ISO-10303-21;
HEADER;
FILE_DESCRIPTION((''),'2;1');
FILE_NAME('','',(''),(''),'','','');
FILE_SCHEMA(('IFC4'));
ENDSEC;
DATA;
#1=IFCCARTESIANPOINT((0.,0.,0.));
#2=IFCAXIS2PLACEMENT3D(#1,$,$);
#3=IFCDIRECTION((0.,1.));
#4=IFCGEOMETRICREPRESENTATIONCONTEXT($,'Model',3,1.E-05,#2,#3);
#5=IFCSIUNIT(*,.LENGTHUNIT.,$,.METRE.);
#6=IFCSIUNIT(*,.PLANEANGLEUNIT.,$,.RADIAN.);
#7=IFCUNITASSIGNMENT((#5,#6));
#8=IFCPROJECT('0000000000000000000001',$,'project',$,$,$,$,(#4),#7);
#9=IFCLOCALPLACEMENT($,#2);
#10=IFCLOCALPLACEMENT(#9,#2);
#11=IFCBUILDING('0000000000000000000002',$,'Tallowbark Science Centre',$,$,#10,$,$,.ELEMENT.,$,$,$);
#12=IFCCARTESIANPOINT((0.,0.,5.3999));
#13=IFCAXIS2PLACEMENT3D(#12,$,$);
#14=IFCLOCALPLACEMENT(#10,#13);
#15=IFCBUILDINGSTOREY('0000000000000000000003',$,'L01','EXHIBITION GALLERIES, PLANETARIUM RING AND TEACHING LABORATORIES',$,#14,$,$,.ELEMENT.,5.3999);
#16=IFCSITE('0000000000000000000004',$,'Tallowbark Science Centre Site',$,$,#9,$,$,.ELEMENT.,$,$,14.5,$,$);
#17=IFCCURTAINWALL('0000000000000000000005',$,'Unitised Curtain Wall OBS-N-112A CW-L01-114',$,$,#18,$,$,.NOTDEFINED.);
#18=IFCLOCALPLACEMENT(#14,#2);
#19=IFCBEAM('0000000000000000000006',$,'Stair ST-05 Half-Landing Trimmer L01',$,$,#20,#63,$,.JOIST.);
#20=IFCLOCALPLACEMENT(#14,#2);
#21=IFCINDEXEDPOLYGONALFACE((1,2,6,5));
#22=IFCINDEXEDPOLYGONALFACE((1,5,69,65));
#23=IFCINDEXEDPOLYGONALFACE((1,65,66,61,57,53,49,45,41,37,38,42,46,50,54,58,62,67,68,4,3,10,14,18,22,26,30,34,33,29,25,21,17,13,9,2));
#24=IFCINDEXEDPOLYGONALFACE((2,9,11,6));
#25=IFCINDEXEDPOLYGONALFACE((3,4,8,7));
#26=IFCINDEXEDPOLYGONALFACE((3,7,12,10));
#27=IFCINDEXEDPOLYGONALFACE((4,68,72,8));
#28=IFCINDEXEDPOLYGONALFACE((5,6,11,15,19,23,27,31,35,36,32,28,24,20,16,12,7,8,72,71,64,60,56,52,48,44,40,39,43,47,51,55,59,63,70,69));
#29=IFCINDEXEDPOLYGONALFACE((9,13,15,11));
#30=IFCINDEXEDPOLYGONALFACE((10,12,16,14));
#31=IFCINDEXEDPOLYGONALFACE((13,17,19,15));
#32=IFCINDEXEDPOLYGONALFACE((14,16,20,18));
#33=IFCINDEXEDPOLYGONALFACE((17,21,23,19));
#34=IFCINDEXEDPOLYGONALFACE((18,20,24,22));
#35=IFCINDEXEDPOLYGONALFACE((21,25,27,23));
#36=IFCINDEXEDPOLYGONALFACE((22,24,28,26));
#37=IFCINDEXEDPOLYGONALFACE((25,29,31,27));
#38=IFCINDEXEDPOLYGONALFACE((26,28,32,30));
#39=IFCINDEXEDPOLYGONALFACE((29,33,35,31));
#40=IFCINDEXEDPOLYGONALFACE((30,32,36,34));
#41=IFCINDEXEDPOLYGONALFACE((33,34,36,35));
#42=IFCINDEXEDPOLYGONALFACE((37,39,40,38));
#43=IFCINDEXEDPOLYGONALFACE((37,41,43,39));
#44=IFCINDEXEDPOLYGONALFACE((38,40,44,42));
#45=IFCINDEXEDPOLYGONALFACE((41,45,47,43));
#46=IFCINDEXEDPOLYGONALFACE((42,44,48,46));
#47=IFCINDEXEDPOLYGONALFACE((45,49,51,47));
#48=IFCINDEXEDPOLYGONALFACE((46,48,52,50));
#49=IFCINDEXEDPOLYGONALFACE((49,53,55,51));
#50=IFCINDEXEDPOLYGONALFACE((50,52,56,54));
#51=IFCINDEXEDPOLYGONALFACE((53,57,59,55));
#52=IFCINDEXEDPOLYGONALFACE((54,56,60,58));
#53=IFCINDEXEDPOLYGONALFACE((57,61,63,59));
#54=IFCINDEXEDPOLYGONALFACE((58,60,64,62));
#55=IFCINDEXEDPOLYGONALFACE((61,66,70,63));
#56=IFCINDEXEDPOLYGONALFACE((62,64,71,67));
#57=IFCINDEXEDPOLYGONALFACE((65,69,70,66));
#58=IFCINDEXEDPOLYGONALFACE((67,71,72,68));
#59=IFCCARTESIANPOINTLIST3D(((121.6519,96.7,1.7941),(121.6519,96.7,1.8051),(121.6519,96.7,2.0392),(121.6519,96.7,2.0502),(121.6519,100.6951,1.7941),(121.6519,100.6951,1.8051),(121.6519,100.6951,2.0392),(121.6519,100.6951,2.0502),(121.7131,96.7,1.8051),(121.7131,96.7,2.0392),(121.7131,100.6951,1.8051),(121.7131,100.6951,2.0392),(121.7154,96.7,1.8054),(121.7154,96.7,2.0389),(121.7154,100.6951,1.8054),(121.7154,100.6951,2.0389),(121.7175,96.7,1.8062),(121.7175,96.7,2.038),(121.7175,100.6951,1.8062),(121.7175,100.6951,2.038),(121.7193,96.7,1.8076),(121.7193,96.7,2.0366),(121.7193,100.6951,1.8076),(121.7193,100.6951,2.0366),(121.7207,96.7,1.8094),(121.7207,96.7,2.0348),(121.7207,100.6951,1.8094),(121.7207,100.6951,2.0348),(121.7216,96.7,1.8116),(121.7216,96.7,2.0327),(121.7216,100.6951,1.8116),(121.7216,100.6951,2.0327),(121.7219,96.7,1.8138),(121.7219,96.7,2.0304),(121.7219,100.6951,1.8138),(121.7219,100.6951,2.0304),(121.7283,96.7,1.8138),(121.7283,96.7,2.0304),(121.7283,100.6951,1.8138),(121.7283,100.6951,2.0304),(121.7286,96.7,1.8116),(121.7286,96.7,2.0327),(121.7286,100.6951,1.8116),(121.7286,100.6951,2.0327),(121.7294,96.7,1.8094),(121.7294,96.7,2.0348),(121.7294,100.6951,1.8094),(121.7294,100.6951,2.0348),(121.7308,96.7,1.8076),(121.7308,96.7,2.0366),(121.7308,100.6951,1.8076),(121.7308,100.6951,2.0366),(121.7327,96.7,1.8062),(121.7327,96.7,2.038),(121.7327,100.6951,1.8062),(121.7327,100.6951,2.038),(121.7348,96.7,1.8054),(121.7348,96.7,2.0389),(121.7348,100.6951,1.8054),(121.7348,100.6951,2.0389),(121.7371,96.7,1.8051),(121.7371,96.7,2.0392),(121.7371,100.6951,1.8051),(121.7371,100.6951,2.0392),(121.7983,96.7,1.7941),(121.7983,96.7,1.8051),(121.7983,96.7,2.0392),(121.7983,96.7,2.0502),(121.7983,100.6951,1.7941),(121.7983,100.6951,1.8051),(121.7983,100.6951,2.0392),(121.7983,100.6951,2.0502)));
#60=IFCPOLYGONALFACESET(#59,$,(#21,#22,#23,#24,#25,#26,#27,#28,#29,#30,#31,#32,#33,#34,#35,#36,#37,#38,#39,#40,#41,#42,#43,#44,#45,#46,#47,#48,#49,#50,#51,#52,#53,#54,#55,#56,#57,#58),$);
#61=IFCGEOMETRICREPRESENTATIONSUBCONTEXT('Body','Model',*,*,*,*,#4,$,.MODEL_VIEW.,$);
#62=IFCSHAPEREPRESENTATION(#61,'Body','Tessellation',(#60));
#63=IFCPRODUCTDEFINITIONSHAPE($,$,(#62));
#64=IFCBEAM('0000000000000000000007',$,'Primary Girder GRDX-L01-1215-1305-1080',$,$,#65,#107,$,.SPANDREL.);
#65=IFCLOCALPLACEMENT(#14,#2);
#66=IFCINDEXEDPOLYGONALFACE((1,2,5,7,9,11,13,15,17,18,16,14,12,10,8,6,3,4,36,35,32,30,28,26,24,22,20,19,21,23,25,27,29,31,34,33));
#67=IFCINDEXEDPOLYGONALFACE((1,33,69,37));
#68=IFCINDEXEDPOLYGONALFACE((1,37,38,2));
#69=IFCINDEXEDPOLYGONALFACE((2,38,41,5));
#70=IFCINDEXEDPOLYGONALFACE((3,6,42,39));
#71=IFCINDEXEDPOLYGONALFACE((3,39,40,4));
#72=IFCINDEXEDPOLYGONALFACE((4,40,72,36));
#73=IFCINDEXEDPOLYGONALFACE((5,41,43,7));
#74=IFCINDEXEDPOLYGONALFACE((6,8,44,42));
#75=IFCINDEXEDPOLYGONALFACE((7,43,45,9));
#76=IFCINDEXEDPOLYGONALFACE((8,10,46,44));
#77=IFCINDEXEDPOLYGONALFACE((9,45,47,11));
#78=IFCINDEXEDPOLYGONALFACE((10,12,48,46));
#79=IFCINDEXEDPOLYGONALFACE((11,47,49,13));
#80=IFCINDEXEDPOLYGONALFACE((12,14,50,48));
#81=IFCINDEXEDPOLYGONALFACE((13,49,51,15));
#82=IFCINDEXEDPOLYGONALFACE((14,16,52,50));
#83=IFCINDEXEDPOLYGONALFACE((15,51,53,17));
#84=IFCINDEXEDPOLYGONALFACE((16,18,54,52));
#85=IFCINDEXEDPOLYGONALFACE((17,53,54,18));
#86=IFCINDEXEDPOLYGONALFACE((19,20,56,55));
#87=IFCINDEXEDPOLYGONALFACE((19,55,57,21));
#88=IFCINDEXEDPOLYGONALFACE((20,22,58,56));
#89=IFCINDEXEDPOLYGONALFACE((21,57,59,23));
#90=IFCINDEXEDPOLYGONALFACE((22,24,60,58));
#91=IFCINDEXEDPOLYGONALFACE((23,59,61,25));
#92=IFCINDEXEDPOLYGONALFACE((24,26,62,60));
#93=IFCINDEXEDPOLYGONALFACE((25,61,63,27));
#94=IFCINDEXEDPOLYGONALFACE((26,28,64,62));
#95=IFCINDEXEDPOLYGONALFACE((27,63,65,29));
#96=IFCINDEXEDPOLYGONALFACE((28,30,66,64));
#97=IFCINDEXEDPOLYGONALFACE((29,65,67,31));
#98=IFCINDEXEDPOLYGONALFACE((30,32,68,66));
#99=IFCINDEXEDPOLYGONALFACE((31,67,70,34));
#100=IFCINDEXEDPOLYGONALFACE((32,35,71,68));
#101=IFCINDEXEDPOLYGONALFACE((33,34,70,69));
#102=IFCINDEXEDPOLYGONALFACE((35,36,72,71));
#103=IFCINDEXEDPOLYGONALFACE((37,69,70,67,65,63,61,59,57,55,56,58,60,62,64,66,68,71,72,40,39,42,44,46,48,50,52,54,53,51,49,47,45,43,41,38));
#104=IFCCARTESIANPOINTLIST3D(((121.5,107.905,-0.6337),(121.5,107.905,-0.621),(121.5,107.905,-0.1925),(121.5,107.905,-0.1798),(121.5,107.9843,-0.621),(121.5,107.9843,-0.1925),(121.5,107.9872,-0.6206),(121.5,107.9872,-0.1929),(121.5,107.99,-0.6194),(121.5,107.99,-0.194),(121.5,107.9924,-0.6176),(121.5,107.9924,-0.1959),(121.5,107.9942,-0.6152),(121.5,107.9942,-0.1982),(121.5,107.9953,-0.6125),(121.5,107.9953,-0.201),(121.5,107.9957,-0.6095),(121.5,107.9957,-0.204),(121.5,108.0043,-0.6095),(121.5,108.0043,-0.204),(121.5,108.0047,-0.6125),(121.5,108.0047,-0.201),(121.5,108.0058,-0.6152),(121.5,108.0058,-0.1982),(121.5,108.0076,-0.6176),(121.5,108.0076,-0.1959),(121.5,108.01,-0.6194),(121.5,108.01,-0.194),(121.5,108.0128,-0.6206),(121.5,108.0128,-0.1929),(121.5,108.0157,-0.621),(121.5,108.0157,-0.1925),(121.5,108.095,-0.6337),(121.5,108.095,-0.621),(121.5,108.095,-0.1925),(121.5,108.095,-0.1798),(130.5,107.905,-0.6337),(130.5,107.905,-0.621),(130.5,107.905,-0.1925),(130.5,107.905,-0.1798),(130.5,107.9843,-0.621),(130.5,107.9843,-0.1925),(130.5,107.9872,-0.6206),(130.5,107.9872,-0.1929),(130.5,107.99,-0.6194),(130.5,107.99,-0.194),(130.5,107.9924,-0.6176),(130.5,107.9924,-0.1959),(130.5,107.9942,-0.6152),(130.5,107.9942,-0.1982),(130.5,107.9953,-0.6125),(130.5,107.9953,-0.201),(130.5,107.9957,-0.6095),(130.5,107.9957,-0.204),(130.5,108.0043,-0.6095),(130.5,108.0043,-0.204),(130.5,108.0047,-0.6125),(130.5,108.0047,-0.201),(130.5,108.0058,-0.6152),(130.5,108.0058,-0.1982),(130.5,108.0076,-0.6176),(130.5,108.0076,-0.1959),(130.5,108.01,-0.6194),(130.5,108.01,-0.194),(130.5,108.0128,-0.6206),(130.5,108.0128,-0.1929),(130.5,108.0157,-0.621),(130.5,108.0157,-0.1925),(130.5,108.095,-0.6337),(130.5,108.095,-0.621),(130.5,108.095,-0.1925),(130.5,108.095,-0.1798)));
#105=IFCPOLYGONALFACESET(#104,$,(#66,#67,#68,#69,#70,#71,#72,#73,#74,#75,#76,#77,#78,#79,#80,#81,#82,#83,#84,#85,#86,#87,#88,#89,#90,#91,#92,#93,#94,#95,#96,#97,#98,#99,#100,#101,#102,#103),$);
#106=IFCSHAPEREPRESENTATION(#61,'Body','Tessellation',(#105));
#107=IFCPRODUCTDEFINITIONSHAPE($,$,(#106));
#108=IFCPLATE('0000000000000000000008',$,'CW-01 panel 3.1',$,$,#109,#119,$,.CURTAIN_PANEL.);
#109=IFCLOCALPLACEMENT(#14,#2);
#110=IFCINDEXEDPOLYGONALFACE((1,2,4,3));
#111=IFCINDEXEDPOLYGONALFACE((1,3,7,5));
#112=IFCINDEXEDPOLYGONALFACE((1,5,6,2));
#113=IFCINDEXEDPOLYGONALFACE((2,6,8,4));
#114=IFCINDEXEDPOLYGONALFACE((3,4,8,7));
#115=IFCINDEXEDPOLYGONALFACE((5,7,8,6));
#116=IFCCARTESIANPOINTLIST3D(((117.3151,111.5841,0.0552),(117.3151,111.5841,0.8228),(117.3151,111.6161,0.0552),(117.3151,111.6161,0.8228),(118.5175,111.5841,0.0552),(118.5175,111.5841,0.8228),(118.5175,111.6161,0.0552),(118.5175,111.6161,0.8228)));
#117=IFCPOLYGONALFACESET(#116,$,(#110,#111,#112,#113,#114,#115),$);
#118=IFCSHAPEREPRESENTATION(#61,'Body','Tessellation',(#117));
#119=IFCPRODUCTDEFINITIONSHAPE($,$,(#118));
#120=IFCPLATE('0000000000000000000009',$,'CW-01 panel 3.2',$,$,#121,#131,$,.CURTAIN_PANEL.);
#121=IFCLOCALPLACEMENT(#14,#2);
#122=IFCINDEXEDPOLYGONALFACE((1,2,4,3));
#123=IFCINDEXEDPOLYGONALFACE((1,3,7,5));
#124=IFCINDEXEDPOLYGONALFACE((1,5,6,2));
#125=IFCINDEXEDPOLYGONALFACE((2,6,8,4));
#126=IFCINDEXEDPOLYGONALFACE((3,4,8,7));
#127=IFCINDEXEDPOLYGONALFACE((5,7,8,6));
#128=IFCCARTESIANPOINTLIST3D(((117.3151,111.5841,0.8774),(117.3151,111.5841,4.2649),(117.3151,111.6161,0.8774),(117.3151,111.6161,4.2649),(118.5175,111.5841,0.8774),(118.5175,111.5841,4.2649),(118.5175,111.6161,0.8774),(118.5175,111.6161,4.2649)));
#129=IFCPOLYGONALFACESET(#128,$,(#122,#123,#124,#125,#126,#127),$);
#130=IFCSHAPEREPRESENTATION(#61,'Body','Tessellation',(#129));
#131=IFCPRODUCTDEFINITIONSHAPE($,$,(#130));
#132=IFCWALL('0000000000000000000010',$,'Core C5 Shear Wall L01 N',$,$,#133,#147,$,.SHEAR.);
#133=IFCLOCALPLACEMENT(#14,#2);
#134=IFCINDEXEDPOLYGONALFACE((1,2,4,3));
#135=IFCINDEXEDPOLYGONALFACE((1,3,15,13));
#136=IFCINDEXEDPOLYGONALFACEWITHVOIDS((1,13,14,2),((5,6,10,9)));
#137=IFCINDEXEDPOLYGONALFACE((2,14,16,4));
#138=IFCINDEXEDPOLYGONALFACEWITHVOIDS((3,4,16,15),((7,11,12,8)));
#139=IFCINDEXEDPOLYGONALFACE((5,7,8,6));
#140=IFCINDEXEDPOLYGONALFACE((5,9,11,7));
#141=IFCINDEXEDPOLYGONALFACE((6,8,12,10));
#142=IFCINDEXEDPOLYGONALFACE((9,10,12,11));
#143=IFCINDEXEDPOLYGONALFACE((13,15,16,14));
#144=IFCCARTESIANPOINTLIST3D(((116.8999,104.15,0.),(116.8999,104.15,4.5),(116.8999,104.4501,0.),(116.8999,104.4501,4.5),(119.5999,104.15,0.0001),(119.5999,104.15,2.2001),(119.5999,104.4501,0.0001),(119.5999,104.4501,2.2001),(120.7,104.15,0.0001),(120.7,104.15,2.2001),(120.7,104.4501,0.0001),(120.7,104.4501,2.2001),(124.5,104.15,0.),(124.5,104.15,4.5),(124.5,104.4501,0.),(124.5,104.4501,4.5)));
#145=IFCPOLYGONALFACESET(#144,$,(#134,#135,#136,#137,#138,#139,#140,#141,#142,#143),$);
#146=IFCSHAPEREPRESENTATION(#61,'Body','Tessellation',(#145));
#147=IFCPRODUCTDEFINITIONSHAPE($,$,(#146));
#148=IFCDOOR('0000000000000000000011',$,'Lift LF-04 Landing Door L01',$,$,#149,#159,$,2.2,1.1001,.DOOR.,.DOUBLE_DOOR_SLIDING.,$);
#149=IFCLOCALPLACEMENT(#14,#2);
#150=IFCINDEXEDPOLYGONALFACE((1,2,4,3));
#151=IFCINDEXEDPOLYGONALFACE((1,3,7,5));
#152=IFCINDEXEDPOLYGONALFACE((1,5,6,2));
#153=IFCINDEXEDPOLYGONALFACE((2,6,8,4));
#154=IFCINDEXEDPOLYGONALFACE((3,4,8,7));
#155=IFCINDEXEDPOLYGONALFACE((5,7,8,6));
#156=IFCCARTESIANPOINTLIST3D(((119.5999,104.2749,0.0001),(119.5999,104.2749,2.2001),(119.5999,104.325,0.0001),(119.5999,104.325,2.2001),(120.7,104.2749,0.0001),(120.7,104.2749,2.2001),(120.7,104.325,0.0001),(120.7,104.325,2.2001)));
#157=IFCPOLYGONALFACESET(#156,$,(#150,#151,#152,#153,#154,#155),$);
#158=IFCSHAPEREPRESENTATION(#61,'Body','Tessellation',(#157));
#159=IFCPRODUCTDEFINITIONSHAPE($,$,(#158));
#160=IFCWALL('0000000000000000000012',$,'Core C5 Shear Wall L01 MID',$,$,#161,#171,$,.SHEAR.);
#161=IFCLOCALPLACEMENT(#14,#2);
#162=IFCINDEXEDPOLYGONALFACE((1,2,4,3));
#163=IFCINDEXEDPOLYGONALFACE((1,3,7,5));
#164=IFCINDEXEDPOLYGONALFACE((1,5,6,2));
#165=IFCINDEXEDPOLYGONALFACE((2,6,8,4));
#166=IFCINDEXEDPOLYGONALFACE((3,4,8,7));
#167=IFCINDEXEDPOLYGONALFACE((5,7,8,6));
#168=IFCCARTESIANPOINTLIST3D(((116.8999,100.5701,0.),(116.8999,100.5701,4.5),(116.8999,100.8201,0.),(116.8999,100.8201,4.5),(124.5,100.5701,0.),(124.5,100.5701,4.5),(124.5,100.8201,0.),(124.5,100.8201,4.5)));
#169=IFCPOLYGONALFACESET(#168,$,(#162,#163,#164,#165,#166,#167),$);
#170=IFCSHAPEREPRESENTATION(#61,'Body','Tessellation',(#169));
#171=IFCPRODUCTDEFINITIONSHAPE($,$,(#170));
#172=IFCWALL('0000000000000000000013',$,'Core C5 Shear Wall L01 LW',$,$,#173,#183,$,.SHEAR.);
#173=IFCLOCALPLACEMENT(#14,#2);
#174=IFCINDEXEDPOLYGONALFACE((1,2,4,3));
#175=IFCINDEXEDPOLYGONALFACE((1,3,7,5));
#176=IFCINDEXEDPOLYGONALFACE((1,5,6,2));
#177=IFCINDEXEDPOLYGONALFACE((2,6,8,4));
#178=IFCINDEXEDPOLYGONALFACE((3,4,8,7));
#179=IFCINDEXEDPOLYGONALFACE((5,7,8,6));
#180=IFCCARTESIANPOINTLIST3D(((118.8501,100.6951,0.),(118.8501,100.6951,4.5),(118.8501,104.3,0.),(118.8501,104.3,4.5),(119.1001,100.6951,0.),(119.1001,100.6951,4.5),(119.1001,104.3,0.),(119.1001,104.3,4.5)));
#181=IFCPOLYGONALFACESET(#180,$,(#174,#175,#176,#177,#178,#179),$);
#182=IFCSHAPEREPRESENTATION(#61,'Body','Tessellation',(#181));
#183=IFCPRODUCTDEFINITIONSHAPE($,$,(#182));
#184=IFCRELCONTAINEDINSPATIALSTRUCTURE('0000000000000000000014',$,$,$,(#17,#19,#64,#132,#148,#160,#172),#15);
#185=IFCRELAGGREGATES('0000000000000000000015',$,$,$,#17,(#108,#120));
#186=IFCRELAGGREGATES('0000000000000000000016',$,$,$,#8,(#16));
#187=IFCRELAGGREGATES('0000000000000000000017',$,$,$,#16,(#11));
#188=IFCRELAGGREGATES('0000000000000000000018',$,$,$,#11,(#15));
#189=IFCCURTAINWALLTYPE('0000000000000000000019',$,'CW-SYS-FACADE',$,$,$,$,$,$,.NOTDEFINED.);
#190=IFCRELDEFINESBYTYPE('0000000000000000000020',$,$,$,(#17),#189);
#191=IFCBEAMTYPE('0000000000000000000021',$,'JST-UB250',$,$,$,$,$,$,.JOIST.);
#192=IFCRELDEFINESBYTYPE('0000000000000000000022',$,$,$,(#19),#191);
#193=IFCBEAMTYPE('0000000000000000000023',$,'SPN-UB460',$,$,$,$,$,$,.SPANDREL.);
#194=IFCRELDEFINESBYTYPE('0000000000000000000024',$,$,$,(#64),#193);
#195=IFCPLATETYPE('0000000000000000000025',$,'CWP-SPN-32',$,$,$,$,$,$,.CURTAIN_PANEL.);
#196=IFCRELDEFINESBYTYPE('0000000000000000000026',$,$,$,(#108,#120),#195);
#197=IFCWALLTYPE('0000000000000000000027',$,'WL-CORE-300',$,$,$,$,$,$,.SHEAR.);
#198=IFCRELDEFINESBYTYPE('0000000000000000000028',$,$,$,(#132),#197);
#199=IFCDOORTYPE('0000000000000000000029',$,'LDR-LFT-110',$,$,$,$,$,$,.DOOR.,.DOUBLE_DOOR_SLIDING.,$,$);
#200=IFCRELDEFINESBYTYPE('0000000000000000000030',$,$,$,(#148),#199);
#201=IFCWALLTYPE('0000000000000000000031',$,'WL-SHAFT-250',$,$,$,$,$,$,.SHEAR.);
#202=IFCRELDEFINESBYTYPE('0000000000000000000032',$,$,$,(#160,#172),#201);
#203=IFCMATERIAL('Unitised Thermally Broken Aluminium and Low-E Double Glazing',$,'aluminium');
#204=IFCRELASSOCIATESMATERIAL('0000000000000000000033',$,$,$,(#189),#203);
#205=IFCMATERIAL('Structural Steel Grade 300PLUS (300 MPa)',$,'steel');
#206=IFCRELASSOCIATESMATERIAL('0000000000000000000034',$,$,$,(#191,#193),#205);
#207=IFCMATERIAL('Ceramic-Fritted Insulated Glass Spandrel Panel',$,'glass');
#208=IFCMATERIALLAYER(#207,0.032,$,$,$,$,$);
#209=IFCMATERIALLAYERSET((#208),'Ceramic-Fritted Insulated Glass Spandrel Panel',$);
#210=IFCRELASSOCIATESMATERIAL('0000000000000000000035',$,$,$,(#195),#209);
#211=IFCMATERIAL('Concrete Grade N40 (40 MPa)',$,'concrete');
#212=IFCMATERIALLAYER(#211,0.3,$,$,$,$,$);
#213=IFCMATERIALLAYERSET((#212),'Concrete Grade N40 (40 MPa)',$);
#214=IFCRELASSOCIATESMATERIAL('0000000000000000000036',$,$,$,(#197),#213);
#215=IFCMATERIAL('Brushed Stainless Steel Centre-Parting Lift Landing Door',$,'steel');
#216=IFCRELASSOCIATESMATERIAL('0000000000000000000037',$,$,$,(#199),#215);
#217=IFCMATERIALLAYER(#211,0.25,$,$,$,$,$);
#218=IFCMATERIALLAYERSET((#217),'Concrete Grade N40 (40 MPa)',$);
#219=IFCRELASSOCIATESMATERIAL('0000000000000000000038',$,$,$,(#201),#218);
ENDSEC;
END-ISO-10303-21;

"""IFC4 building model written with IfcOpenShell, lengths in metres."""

from ifc_helpers import new_model, si_unit, direction, frame, frame_2d, origin, origin_2d, place, context, subcontext, project, spatial, rectangle, i_section, extrude, material, layer, layer_set, material_profile, profile_set, type_object, element, fill, aggregate, save


model = new_model("IFC4")

# Units and contexts
model_context = context("Model", 3, precision=1e-05, world=origin(), true_north=direction((0.0, 1.0)))
body_context = subcontext(model_context, "Body", "Model", "MODEL_VIEW")
ifc_project = project(units=[si_unit("LENGTHUNIT", "METRE"), si_unit("PLANEANGLEUNIT", "RADIAN")], contexts=[model_context])

# Site, building, storey
site_placement = place(None, origin())
site = spatial("IfcSite", under=ifc_project, at=site_placement, Name="Tallowbark Science Centre Site", CompositionType="ELEMENT", RefElevation=14.5)
building_placement = place(site_placement, origin())
building = spatial("IfcBuilding", under=site, at=building_placement, Name="Tallowbark Science Centre", CompositionType="ELEMENT")
storey_placement = place(building_placement, frame((0.0, 0.0, 5.3999)))
storey = spatial("IfcBuildingStorey", under=building, at=storey_placement, Name="L01", Description="EXHIBITION GALLERIES, PLANETARIUM RING AND TEACHING LABORATORIES", CompositionType="ELEMENT", Elevation=5.3999)

# Shared definitions
ifc_material_1 = material(Name="Structural Steel Grade 300PLUS (300 MPa)", Category="steel")

# Shared definitions
ifc_material_2 = material(Name="Concrete Grade N40 (40 MPa)", Category="concrete")

# Curtain wall
ifc_material_3 = material(Name="Unitised Thermally Broken Aluminium and Low-E Double Glazing", Category="aluminium")
curtain_wall_type = type_object("IfcCurtainWallType", Name="CW-SYS-FACADE", PredefinedType="NOTDEFINED", material=ifc_material_3)
curtain_wall_placement = place(storey_placement, origin())
curtain_wall = element("IfcCurtainWall", 1, at=curtain_wall_placement, inside=storey, type_object=curtain_wall_type, Name="Unitised Curtain Wall OBS-N-112A CW-L01-114", PredefinedType="NOTDEFINED")

# Beams
ifc_material_profile_1 = material_profile(ifc_material_1, i_section(OverallWidth=0.1465, OverallDepth=0.2561, WebThickness=0.0063, FlangeThickness=0.011, FilletRadius=0.0088, at=origin_2d()), Name="250UB37.3")
ifc_profile_set_1 = profile_set([ifc_material_profile_1], Name="Structural Steel Grade 300PLUS (300 MPa)")
beam_type_1 = type_object("IfcBeamType", Name="JST-UB250", PredefinedType="JOIST", material=ifc_profile_set_1)
beam_1_placement = place(storey_placement, frame((121.7251, 96.7, 1.9221), z_axis=(0.0, 1.0, 0.0), x_axis=(-1.0, 0.0, 0.0)))
element("IfcBeam", 2, at=beam_1_placement, inside=storey, type_object=beam_type_1, Name="Stair ST-05 Half-Landing Trimmer L01", PredefinedType="JOIST", context=body_context, shape_type="SweptSolid", body=[
    extrude(i_section(OverallWidth=0.1465, OverallDepth=0.2561, WebThickness=0.0063, FlangeThickness=0.011, FilletRadius=0.0088, at=origin_2d()), origin(), (0.0, 0.0, 1.0), 3.9951),
])
ifc_material_profile_2 = material_profile(ifc_material_1, i_section(OverallWidth=0.1899, OverallDepth=0.4539, WebThickness=0.0085, FlangeThickness=0.0127, FilletRadius=0.0115, at=origin_2d()), Name="460UB67.1")
ifc_profile_set_2 = profile_set([ifc_material_profile_2], Name="Structural Steel Grade 300PLUS (300 MPa)")
beam_type_2 = type_object("IfcBeamType", Name="SPN-UB460", PredefinedType="SPANDREL", material=ifc_profile_set_2)
beam_2_placement = place(storey_placement, frame((121.5, 108.0, -0.4067), z_axis=(1.0, 0.0, 0.0), x_axis=(0.0, 1.0, 0.0)))
element("IfcBeam", 3, at=beam_2_placement, inside=storey, type_object=beam_type_2, Name="Primary Girder GRDX-L01-1215-1305-1080", PredefinedType="SPANDREL", context=body_context, shape_type="SweptSolid", body=[
    extrude(i_section(OverallWidth=0.1899, OverallDepth=0.4539, WebThickness=0.0085, FlangeThickness=0.0127, FilletRadius=0.0115, at=origin_2d()), origin(), (0.0, 0.0, 1.0), 9.0),
])

# Plates
ifc_material_4 = material(Name="Ceramic-Fritted Insulated Glass Spandrel Panel", Category="glass")
ifc_layer_1 = layer(ifc_material_4, 0.032)
ifc_layer_set_1 = layer_set([ifc_layer_1], Name="Ceramic-Fritted Insulated Glass Spandrel Panel")
plate_type = type_object("IfcPlateType", Name="CWP-SPN-32", PredefinedType="CURTAIN_PANEL", material=ifc_layer_set_1)
plate_1_placement = place(storey_placement, frame((117.9163, 111.6001, 0.0552), z_axis=(0.0, 0.0, 1.0), x_axis=(-1.0, 0.0, 0.0)))
plate_1 = element("IfcPlate", 4, at=plate_1_placement, type_object=plate_type, Name="CW-01 panel 3.1", PredefinedType="CURTAIN_PANEL", context=body_context, shape_type="SweptSolid", body=[
    extrude(rectangle(XDim=1.2024, YDim=0.032, at=origin_2d()), origin(), (0.0, 0.0, 1.0), 0.7676),
])
plate_2_placement = place(storey_placement, frame((117.9163, 111.6001, 0.8774), z_axis=(0.0, 0.0, 1.0), x_axis=(-1.0, 0.0, 0.0)))
plate_2 = element("IfcPlate", 5, at=plate_2_placement, type_object=plate_type, Name="CW-01 panel 3.2", PredefinedType="CURTAIN_PANEL", context=body_context, shape_type="SweptSolid", body=[
    extrude(rectangle(XDim=1.2024, YDim=0.032, at=origin_2d()), origin(), (0.0, 0.0, 1.0), 3.3875),
])
aggregate(curtain_wall, [plate_1, plate_2])

# Wall, opening, door
ifc_layer_2 = layer(ifc_material_2, 0.3)
ifc_layer_set_2 = layer_set([ifc_layer_2], Name="Concrete Grade N40 (40 MPa)")
wall_type_1 = type_object("IfcWallType", Name="WL-CORE-300", PredefinedType="SHEAR", material=ifc_layer_set_2)
wall_1_placement = place(storey_placement, frame((116.8999, 104.3, 0.0), z_axis=(0.0, 0.0, 1.0), x_axis=(1.0, 0.0, 0.0)))
wall_1 = element("IfcWall", 6, at=wall_1_placement, inside=storey, type_object=wall_type_1, Name="Core C5 Shear Wall L01 N", PredefinedType="SHEAR", context=body_context, shape_type="SweptSolid", body=[
    extrude(rectangle(XDim=7.6001, YDim=0.3, at=frame_2d((3.8, 0.0))), origin(), (0.0, 0.0, 1.0), 4.5),
])
opening_placement = place(wall_1_placement, frame((2.7, 0.0, 0.0)))
opening = element("IfcOpeningElement", 7, at=opening_placement, cuts=wall_1, PredefinedType="OPENING", context=body_context, shape_type="SweptSolid", body=[
    extrude(rectangle(XDim=1.1001, YDim=2.2, at=frame_2d((0.55, 1.1001))), frame((0.0, 0.1602, 0.0), z_axis=(0.0, -1.0, 0.0), x_axis=(1.0, 0.0, 0.0)), (0.0, 0.0, 1.0), 0.3201),
])
ifc_material_5 = material(Name="Brushed Stainless Steel Centre-Parting Lift Landing Door", Category="steel")
door_type = type_object("IfcDoorType", Name="LDR-LFT-110", OperationType="DOUBLE_DOOR_SLIDING", PredefinedType="DOOR", material=ifc_material_5)
door_placement = place(opening_placement, origin())
door = element("IfcDoor", 8, at=door_placement, inside=storey, type_object=door_type, Name="Lift LF-04 Landing Door L01", OperationType="DOUBLE_DOOR_SLIDING", OverallHeight=2.2, OverallWidth=1.1001, PredefinedType="DOOR", context=body_context, shape_type="SweptSolid", body=[
    extrude(rectangle(XDim=1.1001, YDim=2.2, at=frame_2d((0.55, 1.1001))), frame((0.0, 0.0249, 0.0), z_axis=(0.0, -1.0, 0.0), x_axis=(1.0, 0.0, 0.0)), (0.0, 0.0, 1.0), 0.05),
])
fill(opening, door)

# Walls
ifc_layer_3 = layer(ifc_material_2, 0.25)
ifc_layer_set_3 = layer_set([ifc_layer_3], Name="Concrete Grade N40 (40 MPa)")
wall_type_2 = type_object("IfcWallType", Name="WL-SHAFT-250", PredefinedType="SHEAR", material=ifc_layer_set_3)
wall_2_placement = place(storey_placement, frame((116.8999, 100.6951, 0.0), z_axis=(0.0, 0.0, 1.0), x_axis=(1.0, 0.0, 0.0)))
element("IfcWall", 9, at=wall_2_placement, inside=storey, type_object=wall_type_2, Name="Core C5 Shear Wall L01 MID", PredefinedType="SHEAR", context=body_context, shape_type="SweptSolid", body=[
    extrude(rectangle(XDim=7.6001, YDim=0.25, at=frame_2d((3.8, 0.0))), origin(), (0.0, 0.0, 1.0), 4.5),
])
for number, where, z_axis, x_axis, name in (
    (10, (118.9751, 100.6951, 0.0), (0.0, 0.0, 1.0), (0.0, 1.0, 0.0), "Core C5 Shear Wall L01 LW"),
):
    element("IfcWall", number, at=place(storey_placement, frame(where, z_axis=z_axis, x_axis=x_axis)), inside=storey, type_object=wall_type_2, Name=name, PredefinedType="SHEAR", context=body_context, shape_type="SweptSolid", body=[
        extrude(rectangle(XDim=3.605, YDim=0.25, at=frame_2d((1.8025, 0.0))), origin(), (0.0, 0.0, 1.0), 4.5),
    ])

save(model, "model.ifc")
